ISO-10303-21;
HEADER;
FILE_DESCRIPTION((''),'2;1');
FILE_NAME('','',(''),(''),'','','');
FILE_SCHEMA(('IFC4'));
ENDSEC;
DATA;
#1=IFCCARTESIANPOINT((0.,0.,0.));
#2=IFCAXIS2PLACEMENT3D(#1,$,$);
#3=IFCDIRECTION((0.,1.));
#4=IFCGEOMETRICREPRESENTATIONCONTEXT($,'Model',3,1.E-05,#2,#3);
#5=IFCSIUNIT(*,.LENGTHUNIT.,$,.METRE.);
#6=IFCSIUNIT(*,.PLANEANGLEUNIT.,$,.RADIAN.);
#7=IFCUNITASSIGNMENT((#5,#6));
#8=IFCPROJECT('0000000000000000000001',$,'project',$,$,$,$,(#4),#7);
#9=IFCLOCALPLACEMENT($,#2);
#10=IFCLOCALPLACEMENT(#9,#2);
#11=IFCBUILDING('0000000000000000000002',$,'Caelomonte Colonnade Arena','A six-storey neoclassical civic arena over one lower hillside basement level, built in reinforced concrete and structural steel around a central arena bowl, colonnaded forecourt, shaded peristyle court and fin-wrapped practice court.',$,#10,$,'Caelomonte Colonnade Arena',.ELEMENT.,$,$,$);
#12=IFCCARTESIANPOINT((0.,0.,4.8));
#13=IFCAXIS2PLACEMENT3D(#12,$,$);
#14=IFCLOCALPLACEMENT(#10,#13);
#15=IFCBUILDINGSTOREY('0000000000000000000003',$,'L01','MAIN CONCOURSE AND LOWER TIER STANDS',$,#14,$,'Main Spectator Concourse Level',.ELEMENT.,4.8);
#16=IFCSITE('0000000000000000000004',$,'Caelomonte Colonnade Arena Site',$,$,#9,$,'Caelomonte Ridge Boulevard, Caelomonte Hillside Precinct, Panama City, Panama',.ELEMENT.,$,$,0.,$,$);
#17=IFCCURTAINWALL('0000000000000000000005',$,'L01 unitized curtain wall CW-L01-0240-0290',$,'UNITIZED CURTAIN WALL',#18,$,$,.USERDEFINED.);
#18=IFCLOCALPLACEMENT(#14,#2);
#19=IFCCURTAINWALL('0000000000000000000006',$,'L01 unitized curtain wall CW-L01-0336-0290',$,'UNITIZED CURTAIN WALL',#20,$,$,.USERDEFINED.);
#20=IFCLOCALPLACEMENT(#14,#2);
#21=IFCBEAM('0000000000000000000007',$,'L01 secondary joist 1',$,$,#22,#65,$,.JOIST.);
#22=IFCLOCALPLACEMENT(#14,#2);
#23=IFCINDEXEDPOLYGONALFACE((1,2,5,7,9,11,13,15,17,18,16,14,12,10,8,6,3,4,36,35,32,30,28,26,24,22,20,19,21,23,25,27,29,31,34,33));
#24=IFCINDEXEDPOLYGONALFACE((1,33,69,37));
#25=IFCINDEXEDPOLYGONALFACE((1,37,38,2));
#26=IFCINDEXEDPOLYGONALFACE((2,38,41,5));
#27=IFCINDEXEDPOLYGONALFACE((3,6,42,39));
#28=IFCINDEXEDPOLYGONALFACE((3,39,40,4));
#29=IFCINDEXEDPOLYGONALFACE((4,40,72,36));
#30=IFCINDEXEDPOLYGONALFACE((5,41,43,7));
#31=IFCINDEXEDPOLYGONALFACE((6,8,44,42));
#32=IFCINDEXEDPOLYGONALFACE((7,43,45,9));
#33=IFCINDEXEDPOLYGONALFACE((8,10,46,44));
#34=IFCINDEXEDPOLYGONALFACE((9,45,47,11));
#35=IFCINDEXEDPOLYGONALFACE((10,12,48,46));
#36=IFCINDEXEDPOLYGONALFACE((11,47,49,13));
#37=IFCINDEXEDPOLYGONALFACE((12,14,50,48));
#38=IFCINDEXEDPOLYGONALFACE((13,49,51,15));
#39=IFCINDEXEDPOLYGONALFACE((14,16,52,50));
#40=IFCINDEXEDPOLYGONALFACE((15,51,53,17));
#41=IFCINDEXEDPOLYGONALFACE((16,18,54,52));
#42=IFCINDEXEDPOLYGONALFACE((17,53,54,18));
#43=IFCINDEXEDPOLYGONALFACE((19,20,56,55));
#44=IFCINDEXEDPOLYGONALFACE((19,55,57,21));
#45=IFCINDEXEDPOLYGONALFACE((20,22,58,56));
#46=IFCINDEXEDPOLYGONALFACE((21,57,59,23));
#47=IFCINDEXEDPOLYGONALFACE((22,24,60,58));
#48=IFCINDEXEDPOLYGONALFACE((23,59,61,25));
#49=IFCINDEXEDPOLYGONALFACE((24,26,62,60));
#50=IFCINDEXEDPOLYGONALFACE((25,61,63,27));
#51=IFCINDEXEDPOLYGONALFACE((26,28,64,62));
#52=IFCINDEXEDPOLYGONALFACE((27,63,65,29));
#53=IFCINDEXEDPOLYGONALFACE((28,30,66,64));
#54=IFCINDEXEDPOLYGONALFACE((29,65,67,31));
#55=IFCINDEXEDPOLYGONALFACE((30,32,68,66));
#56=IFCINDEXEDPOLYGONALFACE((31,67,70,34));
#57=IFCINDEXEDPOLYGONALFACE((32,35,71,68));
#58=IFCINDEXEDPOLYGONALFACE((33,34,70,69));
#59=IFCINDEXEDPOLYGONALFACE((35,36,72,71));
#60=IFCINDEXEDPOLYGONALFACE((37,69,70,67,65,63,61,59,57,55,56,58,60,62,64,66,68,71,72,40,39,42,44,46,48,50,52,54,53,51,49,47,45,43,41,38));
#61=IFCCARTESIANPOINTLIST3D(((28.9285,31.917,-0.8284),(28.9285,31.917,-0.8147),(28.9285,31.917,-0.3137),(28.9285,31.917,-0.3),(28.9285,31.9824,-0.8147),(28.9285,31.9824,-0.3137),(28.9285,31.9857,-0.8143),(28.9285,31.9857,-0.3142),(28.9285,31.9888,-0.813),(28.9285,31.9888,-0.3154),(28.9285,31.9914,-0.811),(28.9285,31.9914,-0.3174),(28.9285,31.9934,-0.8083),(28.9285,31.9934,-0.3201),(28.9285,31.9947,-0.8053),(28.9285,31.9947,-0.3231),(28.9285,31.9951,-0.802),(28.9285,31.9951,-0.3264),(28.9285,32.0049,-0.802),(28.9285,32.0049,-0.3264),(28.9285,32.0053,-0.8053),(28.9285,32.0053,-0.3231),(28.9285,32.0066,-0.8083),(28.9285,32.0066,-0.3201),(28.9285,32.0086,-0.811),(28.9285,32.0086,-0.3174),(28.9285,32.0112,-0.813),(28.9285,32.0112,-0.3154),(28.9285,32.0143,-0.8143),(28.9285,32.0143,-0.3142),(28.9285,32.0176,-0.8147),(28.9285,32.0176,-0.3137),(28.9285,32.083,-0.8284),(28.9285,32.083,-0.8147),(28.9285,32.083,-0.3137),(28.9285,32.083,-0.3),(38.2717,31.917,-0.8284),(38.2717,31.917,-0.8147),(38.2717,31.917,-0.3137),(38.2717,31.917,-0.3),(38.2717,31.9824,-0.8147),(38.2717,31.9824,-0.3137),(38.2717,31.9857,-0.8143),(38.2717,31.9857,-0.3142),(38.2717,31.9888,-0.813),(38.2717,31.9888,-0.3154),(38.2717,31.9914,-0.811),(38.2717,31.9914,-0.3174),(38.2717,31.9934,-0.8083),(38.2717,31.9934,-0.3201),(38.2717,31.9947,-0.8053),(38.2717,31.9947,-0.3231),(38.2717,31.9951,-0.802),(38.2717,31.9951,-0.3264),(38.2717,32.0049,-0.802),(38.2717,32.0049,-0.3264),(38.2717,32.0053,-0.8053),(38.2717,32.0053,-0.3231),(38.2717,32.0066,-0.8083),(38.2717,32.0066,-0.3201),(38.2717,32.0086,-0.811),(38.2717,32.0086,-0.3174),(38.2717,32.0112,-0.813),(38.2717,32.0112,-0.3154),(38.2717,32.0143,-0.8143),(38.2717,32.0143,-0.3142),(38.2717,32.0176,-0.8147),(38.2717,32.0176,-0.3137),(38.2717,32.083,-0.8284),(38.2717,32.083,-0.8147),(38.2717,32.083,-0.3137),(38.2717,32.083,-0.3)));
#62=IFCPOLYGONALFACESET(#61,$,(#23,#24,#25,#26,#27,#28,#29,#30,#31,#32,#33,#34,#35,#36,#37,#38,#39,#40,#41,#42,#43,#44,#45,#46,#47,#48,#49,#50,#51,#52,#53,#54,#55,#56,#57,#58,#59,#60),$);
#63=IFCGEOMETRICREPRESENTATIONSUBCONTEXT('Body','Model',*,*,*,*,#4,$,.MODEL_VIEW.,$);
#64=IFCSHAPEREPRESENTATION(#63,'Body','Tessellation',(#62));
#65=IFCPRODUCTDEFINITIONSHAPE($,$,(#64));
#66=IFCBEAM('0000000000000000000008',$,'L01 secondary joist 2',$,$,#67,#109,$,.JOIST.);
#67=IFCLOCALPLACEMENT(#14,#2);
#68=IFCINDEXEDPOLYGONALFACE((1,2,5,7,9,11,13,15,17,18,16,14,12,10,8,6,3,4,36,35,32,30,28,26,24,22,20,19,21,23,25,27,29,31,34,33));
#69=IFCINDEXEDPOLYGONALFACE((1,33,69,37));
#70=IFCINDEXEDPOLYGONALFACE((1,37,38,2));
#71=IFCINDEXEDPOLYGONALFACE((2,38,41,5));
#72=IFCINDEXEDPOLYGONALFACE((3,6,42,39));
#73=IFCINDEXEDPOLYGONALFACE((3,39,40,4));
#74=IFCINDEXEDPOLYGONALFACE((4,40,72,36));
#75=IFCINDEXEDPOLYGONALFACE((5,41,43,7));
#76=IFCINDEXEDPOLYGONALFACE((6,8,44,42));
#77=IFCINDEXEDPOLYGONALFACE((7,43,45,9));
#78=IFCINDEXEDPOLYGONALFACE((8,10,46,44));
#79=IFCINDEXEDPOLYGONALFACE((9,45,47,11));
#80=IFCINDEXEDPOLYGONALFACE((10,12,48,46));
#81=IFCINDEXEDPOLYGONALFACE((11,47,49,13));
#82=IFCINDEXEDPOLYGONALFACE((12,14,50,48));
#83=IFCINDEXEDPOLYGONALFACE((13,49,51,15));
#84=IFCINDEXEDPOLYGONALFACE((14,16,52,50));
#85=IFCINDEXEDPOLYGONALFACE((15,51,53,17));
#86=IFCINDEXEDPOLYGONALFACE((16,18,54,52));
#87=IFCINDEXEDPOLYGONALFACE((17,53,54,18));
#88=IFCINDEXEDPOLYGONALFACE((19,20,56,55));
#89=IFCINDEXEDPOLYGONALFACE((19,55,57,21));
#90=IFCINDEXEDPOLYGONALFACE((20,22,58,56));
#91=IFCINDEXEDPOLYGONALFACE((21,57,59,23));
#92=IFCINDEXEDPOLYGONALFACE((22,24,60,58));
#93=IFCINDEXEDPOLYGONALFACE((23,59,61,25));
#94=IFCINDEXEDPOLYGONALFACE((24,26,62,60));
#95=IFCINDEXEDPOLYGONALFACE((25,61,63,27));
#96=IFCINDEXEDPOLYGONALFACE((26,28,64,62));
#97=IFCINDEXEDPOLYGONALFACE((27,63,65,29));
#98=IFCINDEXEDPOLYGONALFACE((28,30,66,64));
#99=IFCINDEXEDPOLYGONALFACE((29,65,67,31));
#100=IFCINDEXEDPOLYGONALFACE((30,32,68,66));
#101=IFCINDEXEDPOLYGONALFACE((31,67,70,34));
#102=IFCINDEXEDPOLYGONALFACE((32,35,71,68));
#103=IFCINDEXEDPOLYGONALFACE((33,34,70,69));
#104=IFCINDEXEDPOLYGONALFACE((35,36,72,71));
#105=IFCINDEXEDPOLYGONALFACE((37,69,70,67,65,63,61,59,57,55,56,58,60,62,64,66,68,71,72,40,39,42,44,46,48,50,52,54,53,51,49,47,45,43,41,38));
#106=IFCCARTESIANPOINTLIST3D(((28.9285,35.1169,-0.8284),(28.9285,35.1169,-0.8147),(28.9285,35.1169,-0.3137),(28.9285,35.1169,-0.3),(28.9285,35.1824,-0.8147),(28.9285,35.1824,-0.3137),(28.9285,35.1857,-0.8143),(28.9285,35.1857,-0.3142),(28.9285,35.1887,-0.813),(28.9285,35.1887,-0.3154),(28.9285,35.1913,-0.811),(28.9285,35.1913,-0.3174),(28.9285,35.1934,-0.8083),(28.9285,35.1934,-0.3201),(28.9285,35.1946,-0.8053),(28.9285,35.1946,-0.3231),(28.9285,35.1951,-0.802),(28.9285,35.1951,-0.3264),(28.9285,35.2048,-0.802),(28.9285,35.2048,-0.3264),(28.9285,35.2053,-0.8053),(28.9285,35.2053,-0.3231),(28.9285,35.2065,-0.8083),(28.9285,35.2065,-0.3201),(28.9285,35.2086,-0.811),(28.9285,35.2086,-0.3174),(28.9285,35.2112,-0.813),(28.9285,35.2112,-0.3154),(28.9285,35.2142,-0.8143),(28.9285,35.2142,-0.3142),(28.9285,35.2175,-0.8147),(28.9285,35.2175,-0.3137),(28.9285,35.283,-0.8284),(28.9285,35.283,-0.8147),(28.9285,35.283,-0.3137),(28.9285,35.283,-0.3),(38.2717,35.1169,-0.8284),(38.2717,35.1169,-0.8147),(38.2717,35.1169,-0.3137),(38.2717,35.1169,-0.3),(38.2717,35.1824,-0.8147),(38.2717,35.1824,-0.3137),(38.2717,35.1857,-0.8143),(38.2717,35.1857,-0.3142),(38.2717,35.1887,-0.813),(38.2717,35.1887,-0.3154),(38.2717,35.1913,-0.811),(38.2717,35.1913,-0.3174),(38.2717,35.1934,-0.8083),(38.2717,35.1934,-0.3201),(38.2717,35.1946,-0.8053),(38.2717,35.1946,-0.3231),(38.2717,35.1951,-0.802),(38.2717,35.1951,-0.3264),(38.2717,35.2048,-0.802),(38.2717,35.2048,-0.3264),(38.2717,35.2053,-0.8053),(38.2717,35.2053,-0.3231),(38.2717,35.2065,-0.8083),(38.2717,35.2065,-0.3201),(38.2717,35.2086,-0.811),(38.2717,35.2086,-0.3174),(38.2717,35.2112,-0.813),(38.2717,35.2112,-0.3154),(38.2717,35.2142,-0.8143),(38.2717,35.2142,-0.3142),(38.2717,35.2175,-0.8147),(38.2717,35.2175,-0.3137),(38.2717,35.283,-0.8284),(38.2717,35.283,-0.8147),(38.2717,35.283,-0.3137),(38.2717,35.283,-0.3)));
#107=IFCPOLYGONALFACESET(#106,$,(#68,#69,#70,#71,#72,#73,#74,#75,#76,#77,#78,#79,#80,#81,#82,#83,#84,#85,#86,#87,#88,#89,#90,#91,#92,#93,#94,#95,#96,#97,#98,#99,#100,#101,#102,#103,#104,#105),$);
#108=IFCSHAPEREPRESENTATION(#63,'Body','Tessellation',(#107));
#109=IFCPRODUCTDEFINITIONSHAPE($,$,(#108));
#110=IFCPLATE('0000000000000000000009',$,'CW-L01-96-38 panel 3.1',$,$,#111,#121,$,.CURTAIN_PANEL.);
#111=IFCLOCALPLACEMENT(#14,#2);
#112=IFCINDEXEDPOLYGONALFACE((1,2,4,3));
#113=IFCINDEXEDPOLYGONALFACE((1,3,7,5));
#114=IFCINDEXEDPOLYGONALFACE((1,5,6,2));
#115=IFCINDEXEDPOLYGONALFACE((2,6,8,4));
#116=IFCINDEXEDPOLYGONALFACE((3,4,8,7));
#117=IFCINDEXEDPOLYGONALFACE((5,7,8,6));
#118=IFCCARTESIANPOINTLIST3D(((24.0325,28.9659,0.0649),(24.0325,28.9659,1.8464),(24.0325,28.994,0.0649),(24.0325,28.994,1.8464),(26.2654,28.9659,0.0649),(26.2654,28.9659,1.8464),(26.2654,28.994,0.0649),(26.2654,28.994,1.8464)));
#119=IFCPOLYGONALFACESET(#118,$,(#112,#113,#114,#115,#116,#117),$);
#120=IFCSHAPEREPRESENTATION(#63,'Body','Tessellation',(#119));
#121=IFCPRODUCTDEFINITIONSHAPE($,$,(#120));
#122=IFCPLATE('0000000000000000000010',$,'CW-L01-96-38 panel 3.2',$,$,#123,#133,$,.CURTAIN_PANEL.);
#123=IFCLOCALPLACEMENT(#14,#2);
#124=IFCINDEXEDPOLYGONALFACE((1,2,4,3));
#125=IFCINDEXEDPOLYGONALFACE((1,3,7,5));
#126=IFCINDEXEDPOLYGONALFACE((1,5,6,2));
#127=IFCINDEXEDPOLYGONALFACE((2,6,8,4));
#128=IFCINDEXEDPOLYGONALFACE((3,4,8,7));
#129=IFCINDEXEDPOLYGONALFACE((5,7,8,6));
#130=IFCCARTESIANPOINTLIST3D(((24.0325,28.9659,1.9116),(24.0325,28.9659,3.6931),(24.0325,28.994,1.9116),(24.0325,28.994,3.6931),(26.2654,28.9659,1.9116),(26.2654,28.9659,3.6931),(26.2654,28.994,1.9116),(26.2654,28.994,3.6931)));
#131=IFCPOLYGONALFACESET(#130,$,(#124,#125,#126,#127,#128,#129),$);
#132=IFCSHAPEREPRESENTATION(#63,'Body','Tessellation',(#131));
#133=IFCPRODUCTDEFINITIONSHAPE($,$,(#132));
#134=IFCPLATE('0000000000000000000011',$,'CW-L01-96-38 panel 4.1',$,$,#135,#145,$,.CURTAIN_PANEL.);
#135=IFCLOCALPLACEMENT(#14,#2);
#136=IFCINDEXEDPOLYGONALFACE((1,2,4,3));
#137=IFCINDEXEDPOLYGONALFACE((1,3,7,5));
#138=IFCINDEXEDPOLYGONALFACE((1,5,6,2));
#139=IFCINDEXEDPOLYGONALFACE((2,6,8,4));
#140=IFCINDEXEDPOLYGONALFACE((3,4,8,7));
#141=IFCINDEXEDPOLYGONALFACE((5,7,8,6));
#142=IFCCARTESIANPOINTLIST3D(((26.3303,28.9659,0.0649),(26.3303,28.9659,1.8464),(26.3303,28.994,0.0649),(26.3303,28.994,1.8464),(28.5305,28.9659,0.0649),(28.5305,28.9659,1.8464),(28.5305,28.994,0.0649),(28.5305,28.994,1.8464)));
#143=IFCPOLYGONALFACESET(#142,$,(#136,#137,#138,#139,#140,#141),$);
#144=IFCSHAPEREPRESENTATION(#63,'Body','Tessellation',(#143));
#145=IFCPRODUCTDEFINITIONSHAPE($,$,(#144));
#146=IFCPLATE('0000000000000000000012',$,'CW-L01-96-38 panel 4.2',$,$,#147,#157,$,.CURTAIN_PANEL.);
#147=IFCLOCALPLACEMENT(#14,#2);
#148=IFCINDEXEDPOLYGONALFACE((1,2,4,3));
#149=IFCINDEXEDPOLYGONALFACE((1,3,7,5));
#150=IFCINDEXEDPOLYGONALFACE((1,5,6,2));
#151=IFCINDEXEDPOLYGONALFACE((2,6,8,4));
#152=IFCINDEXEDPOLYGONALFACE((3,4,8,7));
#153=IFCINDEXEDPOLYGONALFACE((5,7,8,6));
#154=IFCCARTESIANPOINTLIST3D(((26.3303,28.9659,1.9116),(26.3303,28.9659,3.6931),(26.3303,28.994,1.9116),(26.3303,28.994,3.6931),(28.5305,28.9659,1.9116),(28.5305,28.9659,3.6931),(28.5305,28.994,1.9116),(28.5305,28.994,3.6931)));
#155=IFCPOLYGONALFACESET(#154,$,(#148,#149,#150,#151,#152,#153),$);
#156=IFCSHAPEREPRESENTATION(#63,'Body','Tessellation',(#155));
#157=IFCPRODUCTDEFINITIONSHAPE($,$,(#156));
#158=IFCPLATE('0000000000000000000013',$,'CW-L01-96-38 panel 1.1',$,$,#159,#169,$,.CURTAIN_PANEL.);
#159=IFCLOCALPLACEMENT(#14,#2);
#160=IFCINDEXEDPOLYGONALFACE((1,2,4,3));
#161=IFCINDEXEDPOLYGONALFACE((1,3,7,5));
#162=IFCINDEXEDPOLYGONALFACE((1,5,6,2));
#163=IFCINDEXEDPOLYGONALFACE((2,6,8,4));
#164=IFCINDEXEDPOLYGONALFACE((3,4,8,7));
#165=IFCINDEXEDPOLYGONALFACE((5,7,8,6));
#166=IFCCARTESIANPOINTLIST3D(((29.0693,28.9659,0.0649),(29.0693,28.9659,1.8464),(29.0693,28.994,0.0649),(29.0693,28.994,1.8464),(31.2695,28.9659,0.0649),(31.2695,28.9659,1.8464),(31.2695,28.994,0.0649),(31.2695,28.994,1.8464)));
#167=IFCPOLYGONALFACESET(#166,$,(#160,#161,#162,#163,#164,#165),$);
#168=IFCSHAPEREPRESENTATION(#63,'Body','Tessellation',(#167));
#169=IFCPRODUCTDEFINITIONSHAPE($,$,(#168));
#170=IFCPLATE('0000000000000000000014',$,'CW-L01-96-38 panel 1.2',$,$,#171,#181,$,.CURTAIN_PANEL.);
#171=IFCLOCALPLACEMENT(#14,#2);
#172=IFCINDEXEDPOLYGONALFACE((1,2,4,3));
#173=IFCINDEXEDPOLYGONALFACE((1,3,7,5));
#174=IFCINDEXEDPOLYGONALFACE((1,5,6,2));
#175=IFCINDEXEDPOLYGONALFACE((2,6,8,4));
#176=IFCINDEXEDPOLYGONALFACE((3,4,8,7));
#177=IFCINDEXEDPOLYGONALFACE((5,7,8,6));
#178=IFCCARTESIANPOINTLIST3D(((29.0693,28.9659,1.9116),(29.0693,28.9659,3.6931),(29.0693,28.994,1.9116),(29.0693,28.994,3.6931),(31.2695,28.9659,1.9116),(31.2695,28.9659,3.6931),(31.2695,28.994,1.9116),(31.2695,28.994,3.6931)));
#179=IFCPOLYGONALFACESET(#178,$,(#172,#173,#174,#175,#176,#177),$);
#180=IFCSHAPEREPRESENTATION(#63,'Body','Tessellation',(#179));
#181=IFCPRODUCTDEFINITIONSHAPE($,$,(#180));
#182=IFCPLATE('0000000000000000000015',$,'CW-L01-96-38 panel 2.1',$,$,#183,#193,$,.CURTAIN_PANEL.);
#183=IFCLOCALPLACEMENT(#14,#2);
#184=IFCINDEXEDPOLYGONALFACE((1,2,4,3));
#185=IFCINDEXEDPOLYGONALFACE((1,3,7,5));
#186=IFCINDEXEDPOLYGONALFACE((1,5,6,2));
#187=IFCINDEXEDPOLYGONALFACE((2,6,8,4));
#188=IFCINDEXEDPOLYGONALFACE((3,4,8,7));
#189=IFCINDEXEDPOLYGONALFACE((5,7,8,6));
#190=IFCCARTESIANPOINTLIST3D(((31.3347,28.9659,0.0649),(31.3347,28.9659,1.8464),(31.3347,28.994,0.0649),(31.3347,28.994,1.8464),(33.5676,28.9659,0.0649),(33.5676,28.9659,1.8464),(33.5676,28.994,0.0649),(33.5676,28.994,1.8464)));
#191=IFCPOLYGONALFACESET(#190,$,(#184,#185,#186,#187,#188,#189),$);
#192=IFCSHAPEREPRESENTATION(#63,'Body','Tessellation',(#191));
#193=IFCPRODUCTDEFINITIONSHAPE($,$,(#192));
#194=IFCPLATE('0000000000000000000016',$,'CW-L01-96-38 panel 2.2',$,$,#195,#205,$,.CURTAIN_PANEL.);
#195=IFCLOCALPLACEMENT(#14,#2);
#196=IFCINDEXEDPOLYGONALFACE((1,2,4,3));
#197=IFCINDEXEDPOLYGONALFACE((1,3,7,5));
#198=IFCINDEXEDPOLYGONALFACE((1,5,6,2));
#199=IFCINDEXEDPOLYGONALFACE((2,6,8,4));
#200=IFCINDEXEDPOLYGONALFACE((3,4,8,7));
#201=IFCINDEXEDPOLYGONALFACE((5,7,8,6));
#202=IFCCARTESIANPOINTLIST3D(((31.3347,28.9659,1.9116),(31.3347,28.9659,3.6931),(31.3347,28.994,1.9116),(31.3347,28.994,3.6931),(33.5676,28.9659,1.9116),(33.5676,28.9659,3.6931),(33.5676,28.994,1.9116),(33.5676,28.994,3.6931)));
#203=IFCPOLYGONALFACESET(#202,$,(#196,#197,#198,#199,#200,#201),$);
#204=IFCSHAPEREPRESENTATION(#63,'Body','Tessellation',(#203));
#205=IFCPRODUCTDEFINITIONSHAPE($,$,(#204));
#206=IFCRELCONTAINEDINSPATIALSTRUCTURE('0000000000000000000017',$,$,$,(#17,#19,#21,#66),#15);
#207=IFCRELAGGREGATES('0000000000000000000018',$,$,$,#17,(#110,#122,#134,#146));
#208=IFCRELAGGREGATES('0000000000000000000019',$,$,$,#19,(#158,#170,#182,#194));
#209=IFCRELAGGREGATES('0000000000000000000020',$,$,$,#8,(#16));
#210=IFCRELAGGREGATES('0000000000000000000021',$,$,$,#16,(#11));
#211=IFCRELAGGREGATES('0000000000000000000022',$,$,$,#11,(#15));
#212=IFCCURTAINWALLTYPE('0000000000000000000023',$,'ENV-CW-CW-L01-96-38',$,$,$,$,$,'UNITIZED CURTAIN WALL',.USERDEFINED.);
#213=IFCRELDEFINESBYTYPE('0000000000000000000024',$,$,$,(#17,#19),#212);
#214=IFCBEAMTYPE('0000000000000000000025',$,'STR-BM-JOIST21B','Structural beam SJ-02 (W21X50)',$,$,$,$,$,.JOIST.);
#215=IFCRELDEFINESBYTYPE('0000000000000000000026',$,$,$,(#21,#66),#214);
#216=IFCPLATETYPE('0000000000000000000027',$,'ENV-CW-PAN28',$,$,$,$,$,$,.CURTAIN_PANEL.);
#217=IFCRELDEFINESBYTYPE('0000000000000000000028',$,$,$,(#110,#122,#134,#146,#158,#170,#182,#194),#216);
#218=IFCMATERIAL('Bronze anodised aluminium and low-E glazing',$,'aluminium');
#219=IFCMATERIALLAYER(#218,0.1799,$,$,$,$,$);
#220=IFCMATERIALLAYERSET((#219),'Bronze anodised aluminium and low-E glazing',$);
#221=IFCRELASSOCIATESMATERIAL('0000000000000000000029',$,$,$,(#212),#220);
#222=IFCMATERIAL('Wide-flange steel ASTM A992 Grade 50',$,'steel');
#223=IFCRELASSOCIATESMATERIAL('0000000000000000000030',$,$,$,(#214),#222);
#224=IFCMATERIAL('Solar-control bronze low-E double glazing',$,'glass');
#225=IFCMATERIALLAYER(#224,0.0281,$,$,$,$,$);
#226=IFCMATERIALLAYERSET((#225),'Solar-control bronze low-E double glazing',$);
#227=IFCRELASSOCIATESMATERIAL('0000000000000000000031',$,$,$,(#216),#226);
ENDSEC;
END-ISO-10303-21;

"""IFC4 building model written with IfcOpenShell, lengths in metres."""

from ifc_helpers import new_model, si_unit, direction, frame, origin, origin_2d, place, context, subcontext, project, spatial, rectangle, i_section, extrude, material, layer, layer_set, material_profile, profile_set, type_object, element, aggregate, save


model = new_model("IFC4")

# Units and contexts
model_context = context("Model", 3, precision=1e-05, world=origin(), true_north=direction((0.0, 1.0)))
body_context = subcontext(model_context, "Body", "Model", "MODEL_VIEW")
ifc_project = project(units=[si_unit("LENGTHUNIT", "METRE"), si_unit("PLANEANGLEUNIT", "RADIAN")], contexts=[model_context])

# Site, building, storey
site_placement = place(None, origin())
site = spatial("IfcSite", under=ifc_project, at=site_placement, Name="Caelomonte Colonnade Arena Site", LongName="Caelomonte Ridge Boulevard, Caelomonte Hillside Precinct, Panama City, Panama", CompositionType="ELEMENT", RefElevation=0.0)
building_placement = place(site_placement, origin())
building = spatial("IfcBuilding", under=site, at=building_placement, Name="Caelomonte Colonnade Arena", Description="A six-storey neoclassical civic arena over one lower hillside basement level, built in reinforced concrete and structural steel around a central arena bowl, colonnaded forecourt, shaded peristyle court and fin-wrapped practice court.", LongName="Caelomonte Colonnade Arena", CompositionType="ELEMENT")
storey_placement = place(building_placement, frame((0.0, 0.0, 4.8)))
storey = spatial("IfcBuildingStorey", under=building, at=storey_placement, Name="L01", Description="MAIN CONCOURSE AND LOWER TIER STANDS", LongName="Main Spectator Concourse Level", CompositionType="ELEMENT", Elevation=4.8)

# Curtain walls
ifc_material_1 = material(Name="Bronze anodised aluminium and low-E glazing", Category="aluminium")
ifc_layer_1 = layer(ifc_material_1, 0.1799)
ifc_layer_set_1 = layer_set([ifc_layer_1], Name="Bronze anodised aluminium and low-E glazing")
curtain_wall_type = type_object("IfcCurtainWallType", Name="ENV-CW-CW-L01-96-38", ElementType="UNITIZED CURTAIN WALL", PredefinedType="USERDEFINED", material=ifc_layer_set_1)
curtain_wall_1_placement = place(storey_placement, origin())
curtain_wall_1 = element("IfcCurtainWall", 1, at=curtain_wall_1_placement, inside=storey, type_object=curtain_wall_type, Name="L01 unitized curtain wall CW-L01-0240-0290", ObjectType="UNITIZED CURTAIN WALL", PredefinedType="USERDEFINED")
curtain_wall_2_placement = place(storey_placement, origin())
curtain_wall_2 = element("IfcCurtainWall", 2, at=curtain_wall_2_placement, inside=storey, type_object=curtain_wall_type, Name="L01 unitized curtain wall CW-L01-0336-0290", ObjectType="UNITIZED CURTAIN WALL", PredefinedType="USERDEFINED")

# Beams
ifc_material_2 = material(Name="Wide-flange steel ASTM A992 Grade 50", Category="steel")
ifc_material_profile_1 = material_profile(ifc_material_2, i_section(OverallWidth=0.166, OverallDepth=0.5283, WebThickness=0.0098, FlangeThickness=0.0137, FilletRadius=0.0127, at=origin_2d()), Name="W21X50")
ifc_profile_set_1 = profile_set([ifc_material_profile_1], Name="Wide-flange steel ASTM A992 Grade 50")
beam_type = type_object("IfcBeamType", Name="STR-BM-JOIST21B", Description="Structural beam SJ-02 (W21X50)", PredefinedType="JOIST", material=ifc_profile_set_1)
for number, where, z_axis, x_axis, name in (
    (3, (28.9285, 32.0, -0.5642), (1.0, 0.0, 0.0), (0.0, 1.0, 0.0), "L01 secondary joist 1"),
    (4, (28.9285, 35.2, -0.5642), (1.0, 0.0, 0.0), (0.0, 1.0, 0.0), "L01 secondary joist 2"),
):
    element("IfcBeam", number, at=place(storey_placement, frame(where, z_axis=z_axis, x_axis=x_axis)), inside=storey, type_object=beam_type, Name=name, PredefinedType="JOIST", context=body_context, shape_type="SweptSolid", body=[
        extrude(i_section(OverallWidth=0.166, OverallDepth=0.5283, WebThickness=0.0098, FlangeThickness=0.0137, FilletRadius=0.0127, at=origin_2d()), origin(), (0.0, 0.0, 1.0), 9.3433),
    ])

# Plates
ifc_material_3 = material(Name="Solar-control bronze low-E double glazing", Category="glass")
ifc_layer_2 = layer(ifc_material_3, 0.0281)
ifc_layer_set_2 = layer_set([ifc_layer_2], Name="Solar-control bronze low-E double glazing")
plate_type = type_object("IfcPlateType", Name="ENV-CW-PAN28", PredefinedType="CURTAIN_PANEL", material=ifc_layer_set_2)
plate_1_placement = place(storey_placement, frame((25.1489, 28.98, 0.0649), z_axis=(0.0, 0.0, 1.0), x_axis=(1.0, 0.0, 0.0)))
plate_1 = element("IfcPlate", 5, at=plate_1_placement, type_object=plate_type, Name="CW-L01-96-38 panel 3.1", PredefinedType="CURTAIN_PANEL", context=body_context, shape_type="SweptSolid", body=[
    extrude(rectangle(XDim=2.2329, YDim=0.0281, at=origin_2d()), origin(), (0.0, 0.0, 1.0), 1.7815),
])
plate_2_placement = place(storey_placement, frame((25.1489, 28.98, 1.9116), z_axis=(0.0, 0.0, 1.0), x_axis=(1.0, 0.0, 0.0)))
plate_2 = element("IfcPlate", 6, at=plate_2_placement, type_object=plate_type, Name="CW-L01-96-38 panel 3.2", PredefinedType="CURTAIN_PANEL", context=body_context, shape_type="SweptSolid", body=[
    extrude(rectangle(XDim=2.2329, YDim=0.0281, at=origin_2d()), origin(), (0.0, 0.0, 1.0), 1.7815),
])
plate_3_placement = place(storey_placement, frame((27.4304, 28.98, 0.0649), z_axis=(0.0, 0.0, 1.0), x_axis=(1.0, 0.0, 0.0)))
plate_3 = element("IfcPlate", 7, at=plate_3_placement, type_object=plate_type, Name="CW-L01-96-38 panel 4.1", PredefinedType="CURTAIN_PANEL", context=body_context, shape_type="SweptSolid", body=[
    extrude(rectangle(XDim=2.2002, YDim=0.0281, at=origin_2d()), origin(), (0.0, 0.0, 1.0), 1.7815),
])
plate_4_placement = place(storey_placement, frame((27.4304, 28.98, 1.9116), z_axis=(0.0, 0.0, 1.0), x_axis=(1.0, 0.0, 0.0)))
plate_4 = element("IfcPlate", 8, at=plate_4_placement, type_object=plate_type, Name="CW-L01-96-38 panel 4.2", PredefinedType="CURTAIN_PANEL", context=body_context, shape_type="SweptSolid", body=[
    extrude(rectangle(XDim=2.2002, YDim=0.0281, at=origin_2d()), origin(), (0.0, 0.0, 1.0), 1.7815),
])
aggregate(curtain_wall_1, [plate_1, plate_2, plate_3, plate_4])
plate_5_placement = place(storey_placement, frame((30.1694, 28.98, 0.0649), z_axis=(0.0, 0.0, 1.0), x_axis=(1.0, 0.0, 0.0)))
plate_5 = element("IfcPlate", 9, at=plate_5_placement, type_object=plate_type, Name="CW-L01-96-38 panel 1.1", PredefinedType="CURTAIN_PANEL", context=body_context, shape_type="SweptSolid", body=[
    extrude(rectangle(XDim=2.2002, YDim=0.0281, at=origin_2d()), origin(), (0.0, 0.0, 1.0), 1.7815),
])
plate_6_placement = place(storey_placement, frame((30.1694, 28.98, 1.9116), z_axis=(0.0, 0.0, 1.0), x_axis=(1.0, 0.0, 0.0)))
plate_6 = element("IfcPlate", 10, at=plate_6_placement, type_object=plate_type, Name="CW-L01-96-38 panel 1.2", PredefinedType="CURTAIN_PANEL", context=body_context, shape_type="SweptSolid", body=[
    extrude(rectangle(XDim=2.2002, YDim=0.0281, at=origin_2d()), origin(), (0.0, 0.0, 1.0), 1.7815),
])
plate_7_placement = place(storey_placement, frame((32.4512, 28.98, 0.0649), z_axis=(0.0, 0.0, 1.0), x_axis=(1.0, 0.0, 0.0)))
plate_7 = element("IfcPlate", 11, at=plate_7_placement, type_object=plate_type, Name="CW-L01-96-38 panel 2.1", PredefinedType="CURTAIN_PANEL", context=body_context, shape_type="SweptSolid", body=[
    extrude(rectangle(XDim=2.2329, YDim=0.0281, at=origin_2d()), origin(), (0.0, 0.0, 1.0), 1.7815),
])
plate_8_placement = place(storey_placement, frame((32.4512, 28.98, 1.9116), z_axis=(0.0, 0.0, 1.0), x_axis=(1.0, 0.0, 0.0)))
plate_8 = element("IfcPlate", 12, at=plate_8_placement, type_object=plate_type, Name="CW-L01-96-38 panel 2.2", PredefinedType="CURTAIN_PANEL", context=body_context, shape_type="SweptSolid", body=[
    extrude(rectangle(XDim=2.2329, YDim=0.0281, at=origin_2d()), origin(), (0.0, 0.0, 1.0), 1.7815),
])
aggregate(curtain_wall_2, [plate_5, plate_6, plate_7, plate_8])

save(model, "model.ifc")
